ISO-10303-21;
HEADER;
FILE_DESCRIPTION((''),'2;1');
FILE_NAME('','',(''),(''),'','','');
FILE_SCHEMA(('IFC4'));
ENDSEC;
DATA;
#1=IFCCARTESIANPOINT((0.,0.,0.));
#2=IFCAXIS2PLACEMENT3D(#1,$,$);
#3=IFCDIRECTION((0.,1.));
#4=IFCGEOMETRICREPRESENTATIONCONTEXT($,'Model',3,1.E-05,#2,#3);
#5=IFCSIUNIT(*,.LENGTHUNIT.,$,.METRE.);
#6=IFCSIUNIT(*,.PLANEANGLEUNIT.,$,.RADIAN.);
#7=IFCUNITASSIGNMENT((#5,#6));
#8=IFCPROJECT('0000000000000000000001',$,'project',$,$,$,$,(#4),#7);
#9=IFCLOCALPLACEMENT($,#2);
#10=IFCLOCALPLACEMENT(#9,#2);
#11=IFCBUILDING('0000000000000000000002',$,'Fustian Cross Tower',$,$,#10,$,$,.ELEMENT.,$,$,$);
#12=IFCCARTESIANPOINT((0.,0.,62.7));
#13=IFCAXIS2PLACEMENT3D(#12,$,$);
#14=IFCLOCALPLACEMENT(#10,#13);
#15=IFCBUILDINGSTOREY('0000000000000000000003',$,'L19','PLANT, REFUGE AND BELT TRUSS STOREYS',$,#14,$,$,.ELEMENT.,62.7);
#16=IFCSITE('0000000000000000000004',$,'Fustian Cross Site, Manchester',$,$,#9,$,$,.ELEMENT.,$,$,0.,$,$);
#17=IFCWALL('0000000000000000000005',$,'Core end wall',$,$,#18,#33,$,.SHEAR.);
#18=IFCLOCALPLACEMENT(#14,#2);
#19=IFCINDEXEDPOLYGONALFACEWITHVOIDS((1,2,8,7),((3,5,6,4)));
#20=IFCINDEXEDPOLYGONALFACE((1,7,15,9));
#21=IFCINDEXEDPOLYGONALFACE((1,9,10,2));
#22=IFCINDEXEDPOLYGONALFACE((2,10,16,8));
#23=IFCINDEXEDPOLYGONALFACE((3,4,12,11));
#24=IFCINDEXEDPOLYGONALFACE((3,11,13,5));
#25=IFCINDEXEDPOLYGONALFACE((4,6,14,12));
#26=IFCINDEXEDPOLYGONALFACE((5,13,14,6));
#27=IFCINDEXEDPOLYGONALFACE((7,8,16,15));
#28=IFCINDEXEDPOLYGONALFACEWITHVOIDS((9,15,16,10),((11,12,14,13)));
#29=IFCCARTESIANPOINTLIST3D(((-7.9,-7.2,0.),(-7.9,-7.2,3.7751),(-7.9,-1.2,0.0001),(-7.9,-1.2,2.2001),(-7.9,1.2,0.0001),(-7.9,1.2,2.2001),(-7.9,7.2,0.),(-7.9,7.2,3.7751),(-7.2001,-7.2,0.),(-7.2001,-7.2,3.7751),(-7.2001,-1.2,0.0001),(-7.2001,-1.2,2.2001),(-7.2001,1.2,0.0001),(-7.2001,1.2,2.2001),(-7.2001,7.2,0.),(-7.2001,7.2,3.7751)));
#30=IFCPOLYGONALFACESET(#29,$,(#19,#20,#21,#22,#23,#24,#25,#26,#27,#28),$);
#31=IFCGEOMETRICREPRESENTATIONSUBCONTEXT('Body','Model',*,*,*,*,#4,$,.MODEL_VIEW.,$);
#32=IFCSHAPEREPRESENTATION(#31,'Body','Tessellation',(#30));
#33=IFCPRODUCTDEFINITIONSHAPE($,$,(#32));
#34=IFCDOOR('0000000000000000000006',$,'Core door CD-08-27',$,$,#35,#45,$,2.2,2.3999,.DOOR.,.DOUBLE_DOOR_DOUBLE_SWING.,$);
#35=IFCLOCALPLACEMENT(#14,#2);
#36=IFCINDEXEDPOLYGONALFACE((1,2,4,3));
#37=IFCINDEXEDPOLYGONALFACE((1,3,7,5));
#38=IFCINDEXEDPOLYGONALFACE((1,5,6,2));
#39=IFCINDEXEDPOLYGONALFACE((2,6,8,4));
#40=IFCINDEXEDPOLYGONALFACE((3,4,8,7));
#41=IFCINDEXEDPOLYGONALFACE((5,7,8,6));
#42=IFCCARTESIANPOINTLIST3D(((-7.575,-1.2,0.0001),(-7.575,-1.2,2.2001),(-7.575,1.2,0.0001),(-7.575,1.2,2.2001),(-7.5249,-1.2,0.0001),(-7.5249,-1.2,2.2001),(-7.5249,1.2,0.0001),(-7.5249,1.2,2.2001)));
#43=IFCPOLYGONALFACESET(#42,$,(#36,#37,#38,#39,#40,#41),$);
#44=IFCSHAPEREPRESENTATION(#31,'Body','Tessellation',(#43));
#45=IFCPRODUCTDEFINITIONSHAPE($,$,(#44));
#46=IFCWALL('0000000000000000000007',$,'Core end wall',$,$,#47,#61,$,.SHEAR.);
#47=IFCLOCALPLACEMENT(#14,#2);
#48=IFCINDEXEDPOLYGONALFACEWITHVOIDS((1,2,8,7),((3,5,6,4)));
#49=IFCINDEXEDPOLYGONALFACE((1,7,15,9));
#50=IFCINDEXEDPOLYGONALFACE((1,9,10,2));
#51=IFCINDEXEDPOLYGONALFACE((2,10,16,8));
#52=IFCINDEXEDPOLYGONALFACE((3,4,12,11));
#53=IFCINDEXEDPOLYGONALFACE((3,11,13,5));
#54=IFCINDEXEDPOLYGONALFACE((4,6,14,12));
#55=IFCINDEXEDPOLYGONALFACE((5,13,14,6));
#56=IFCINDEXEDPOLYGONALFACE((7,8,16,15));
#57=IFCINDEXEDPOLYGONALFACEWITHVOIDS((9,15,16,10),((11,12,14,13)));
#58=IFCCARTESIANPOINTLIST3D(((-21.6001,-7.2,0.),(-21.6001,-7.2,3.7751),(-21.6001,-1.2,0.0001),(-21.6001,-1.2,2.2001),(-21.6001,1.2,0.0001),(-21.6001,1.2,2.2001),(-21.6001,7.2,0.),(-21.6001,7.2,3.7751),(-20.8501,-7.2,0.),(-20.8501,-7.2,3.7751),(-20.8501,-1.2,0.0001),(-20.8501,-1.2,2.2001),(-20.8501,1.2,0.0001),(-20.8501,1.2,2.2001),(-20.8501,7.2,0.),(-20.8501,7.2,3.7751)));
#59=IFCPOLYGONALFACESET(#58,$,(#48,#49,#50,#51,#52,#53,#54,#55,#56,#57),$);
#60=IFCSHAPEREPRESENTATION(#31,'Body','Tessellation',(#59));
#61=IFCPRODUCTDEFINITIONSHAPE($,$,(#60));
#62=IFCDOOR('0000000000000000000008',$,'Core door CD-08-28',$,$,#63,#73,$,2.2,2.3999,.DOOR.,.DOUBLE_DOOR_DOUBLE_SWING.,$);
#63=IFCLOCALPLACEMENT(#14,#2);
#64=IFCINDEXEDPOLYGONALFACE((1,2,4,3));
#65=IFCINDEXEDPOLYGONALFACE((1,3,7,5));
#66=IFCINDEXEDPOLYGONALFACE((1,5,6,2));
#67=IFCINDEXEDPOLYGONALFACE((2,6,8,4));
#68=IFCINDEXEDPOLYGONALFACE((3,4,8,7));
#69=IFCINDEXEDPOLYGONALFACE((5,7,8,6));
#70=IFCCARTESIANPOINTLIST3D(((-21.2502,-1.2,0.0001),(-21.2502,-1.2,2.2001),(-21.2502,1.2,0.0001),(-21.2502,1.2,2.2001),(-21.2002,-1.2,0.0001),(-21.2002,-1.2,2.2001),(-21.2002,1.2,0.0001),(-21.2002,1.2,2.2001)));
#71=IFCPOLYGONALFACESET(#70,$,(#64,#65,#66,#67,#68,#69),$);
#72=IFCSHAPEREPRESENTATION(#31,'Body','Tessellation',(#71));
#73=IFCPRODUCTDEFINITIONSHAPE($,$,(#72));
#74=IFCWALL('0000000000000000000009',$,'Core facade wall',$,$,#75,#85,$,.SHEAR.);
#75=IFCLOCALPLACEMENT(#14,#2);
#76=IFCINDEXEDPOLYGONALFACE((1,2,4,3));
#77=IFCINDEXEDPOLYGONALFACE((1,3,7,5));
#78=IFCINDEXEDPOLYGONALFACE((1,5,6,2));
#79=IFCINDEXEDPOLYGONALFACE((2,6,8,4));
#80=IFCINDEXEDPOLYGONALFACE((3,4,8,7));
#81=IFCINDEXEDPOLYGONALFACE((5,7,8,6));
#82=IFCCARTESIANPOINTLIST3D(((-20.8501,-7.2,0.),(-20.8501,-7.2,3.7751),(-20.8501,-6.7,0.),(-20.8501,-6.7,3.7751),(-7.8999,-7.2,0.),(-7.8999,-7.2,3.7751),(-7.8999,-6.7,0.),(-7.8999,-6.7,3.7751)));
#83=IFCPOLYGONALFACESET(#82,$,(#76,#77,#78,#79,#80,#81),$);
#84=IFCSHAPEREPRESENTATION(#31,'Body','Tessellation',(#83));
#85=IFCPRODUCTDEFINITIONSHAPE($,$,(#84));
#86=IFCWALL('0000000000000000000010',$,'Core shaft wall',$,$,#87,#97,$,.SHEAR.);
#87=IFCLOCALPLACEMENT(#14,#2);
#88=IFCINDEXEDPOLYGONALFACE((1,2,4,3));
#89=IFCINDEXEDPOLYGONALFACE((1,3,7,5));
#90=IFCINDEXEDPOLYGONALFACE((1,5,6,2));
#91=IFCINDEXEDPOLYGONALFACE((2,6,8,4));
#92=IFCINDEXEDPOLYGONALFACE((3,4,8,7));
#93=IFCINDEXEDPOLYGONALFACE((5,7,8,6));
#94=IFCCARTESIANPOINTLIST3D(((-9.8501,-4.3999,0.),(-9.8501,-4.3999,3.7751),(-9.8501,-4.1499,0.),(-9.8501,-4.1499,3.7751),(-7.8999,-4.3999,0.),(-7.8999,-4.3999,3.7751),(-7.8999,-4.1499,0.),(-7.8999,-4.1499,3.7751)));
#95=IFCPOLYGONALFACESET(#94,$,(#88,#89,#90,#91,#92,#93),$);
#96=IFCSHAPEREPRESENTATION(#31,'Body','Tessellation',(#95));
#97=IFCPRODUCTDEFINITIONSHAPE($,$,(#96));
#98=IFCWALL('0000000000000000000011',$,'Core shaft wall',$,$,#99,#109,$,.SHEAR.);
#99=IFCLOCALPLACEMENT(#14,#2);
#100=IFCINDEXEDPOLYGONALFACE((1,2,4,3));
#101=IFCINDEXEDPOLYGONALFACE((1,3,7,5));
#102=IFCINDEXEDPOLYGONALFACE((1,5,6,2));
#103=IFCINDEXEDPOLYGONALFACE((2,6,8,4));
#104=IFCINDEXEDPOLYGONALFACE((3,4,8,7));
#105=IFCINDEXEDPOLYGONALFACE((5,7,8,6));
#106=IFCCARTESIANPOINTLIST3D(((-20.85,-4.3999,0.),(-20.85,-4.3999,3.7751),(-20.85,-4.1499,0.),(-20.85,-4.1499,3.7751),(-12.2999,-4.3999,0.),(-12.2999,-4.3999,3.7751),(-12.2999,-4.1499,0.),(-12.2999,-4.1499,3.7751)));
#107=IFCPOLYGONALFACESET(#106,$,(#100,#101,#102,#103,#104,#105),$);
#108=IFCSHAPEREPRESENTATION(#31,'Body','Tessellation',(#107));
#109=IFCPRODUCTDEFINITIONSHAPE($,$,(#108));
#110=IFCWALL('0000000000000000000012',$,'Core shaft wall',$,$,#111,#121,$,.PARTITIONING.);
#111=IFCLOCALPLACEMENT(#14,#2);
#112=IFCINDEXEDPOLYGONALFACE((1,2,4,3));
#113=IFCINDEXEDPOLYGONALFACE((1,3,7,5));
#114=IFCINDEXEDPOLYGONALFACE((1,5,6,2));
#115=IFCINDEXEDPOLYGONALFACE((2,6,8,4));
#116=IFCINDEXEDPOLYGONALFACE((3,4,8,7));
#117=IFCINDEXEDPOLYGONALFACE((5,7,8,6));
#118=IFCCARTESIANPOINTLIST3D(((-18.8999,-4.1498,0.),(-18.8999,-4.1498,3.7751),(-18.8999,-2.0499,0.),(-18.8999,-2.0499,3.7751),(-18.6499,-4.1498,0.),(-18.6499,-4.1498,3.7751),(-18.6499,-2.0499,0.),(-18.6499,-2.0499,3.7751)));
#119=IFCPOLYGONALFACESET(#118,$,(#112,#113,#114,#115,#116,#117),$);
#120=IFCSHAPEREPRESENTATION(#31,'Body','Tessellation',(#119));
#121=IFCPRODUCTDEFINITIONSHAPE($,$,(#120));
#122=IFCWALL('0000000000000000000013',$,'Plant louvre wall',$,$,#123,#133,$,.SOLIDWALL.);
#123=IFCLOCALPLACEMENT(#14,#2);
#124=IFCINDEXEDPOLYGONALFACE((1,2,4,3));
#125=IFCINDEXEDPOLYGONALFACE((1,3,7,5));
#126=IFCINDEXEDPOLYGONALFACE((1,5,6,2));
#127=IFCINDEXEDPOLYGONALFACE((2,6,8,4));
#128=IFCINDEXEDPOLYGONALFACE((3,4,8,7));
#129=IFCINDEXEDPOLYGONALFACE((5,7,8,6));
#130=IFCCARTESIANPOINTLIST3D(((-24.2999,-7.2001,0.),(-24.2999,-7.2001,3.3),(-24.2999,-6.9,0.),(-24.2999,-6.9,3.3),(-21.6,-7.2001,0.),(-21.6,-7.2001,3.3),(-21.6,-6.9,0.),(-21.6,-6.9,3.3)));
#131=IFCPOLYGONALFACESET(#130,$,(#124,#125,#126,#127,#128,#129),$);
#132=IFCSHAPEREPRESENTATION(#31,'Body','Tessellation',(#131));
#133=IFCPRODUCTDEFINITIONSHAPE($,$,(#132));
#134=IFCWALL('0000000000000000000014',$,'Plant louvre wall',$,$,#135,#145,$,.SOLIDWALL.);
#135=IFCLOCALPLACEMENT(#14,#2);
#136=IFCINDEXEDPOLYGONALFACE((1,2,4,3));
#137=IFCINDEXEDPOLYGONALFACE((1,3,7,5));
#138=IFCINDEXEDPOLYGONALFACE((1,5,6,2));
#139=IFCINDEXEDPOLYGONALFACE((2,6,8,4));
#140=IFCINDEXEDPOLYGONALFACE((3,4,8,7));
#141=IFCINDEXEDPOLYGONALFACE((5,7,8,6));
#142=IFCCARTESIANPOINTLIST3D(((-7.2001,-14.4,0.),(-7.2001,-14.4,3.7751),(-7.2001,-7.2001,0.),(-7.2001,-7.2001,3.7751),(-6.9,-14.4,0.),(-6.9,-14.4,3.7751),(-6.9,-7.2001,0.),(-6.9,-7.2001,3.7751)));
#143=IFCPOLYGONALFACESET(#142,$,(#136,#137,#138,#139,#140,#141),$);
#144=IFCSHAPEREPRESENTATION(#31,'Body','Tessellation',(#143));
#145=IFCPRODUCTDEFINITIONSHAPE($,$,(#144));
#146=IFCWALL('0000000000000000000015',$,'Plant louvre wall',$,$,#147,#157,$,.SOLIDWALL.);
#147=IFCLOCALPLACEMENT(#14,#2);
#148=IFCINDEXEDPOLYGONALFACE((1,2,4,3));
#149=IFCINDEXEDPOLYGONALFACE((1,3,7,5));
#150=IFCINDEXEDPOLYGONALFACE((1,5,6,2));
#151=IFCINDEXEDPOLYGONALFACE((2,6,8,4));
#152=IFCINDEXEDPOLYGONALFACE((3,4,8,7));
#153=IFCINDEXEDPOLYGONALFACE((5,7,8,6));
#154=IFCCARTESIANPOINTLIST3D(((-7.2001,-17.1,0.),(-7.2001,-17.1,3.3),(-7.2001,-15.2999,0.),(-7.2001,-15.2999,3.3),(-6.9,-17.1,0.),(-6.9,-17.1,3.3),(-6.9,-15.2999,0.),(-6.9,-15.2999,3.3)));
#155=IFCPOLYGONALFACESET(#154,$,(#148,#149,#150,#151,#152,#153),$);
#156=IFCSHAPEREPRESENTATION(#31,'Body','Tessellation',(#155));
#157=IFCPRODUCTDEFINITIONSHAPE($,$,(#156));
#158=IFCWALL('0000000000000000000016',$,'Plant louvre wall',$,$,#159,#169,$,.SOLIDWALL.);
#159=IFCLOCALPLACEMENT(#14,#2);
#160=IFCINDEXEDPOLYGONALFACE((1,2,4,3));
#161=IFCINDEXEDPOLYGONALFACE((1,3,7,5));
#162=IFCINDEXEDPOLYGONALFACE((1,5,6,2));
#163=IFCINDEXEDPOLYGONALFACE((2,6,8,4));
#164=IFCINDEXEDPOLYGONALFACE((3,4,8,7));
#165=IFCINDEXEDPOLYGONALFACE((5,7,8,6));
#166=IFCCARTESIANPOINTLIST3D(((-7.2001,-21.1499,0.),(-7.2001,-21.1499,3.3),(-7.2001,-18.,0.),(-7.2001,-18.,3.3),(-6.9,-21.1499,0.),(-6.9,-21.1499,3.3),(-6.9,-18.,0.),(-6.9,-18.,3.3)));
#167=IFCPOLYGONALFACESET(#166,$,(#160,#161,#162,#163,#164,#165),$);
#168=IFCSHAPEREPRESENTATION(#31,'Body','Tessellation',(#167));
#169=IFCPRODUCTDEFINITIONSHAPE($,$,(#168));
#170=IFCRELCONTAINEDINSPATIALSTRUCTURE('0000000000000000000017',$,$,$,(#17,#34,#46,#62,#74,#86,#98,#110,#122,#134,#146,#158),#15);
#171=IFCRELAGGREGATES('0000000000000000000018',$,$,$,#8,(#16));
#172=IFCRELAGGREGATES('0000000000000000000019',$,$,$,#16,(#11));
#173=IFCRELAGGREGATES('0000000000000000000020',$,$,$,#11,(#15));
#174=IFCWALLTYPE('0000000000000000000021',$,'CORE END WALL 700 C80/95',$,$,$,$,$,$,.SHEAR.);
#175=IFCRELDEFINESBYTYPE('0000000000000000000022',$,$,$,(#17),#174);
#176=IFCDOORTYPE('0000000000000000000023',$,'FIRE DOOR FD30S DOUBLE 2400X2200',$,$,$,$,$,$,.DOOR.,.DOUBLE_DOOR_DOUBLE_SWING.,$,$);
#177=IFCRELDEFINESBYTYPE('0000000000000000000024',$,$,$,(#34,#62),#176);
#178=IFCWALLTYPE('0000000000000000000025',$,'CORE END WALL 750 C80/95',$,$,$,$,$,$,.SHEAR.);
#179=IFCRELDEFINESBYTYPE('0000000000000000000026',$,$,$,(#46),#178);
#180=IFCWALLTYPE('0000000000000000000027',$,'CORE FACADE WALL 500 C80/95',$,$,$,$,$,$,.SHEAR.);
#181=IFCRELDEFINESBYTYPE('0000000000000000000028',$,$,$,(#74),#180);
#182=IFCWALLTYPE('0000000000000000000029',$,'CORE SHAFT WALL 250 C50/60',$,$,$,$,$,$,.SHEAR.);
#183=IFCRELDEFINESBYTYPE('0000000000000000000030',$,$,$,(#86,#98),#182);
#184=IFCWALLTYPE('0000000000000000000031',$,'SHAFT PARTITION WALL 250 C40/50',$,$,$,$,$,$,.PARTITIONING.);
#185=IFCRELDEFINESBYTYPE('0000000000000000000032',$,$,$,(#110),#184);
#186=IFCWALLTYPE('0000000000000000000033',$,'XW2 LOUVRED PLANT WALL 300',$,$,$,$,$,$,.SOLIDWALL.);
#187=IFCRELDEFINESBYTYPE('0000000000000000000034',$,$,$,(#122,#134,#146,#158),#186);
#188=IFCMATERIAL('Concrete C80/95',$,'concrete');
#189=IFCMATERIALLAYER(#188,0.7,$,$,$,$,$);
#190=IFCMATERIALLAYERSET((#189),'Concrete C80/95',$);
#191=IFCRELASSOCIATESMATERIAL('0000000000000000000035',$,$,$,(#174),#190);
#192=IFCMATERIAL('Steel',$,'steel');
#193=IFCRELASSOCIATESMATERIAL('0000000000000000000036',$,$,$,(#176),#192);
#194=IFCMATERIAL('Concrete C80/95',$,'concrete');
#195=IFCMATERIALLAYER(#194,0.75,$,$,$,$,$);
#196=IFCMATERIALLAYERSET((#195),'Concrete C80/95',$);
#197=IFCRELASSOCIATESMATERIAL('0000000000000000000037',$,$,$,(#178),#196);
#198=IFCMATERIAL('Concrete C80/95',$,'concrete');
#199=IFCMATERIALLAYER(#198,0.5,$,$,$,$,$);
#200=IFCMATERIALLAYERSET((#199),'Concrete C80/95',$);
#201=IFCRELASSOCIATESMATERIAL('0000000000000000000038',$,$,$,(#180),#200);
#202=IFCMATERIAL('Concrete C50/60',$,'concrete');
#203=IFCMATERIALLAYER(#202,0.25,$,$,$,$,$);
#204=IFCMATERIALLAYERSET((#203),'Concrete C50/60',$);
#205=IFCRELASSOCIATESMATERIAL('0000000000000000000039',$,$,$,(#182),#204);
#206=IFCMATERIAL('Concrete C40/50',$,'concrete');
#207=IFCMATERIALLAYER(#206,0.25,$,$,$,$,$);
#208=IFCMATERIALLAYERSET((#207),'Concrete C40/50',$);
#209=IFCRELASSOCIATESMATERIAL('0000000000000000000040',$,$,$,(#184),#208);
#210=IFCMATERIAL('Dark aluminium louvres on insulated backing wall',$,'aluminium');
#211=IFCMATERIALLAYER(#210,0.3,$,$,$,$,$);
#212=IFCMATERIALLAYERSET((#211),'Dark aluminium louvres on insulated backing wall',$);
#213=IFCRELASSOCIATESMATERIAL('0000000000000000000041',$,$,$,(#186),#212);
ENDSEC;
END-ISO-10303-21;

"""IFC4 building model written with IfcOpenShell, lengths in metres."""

from ifc_helpers import new_model, si_unit, direction, frame, frame_2d, origin, place, context, subcontext, project, spatial, rectangle, extrude, material, layer, layer_set, type_object, element, fill, save


model = new_model("IFC4")

# Units and contexts
model_context = context("Model", 3, precision=1e-05, world=origin(), true_north=direction((0.0, 1.0)))
body_context = subcontext(model_context, "Body", "Model", "MODEL_VIEW")
ifc_project = project(units=[si_unit("LENGTHUNIT", "METRE"), si_unit("PLANEANGLEUNIT", "RADIAN")], contexts=[model_context])

# Site, building, storey
site_placement = place(None, origin())
site = spatial("IfcSite", under=ifc_project, at=site_placement, Name="Fustian Cross Site, Manchester", CompositionType="ELEMENT", RefElevation=0.0)
building_placement = place(site_placement, origin())
building = spatial("IfcBuilding", under=site, at=building_placement, Name="Fustian Cross Tower", CompositionType="ELEMENT")
storey_placement = place(building_placement, frame((0.0, 0.0, 62.7)))
storey = spatial("IfcBuildingStorey", under=building, at=storey_placement, Name="L19", Description="PLANT, REFUGE AND BELT TRUSS STOREYS", CompositionType="ELEMENT", Elevation=62.7)

# Walls, openings, doors
ifc_material_1 = material(Name="Concrete C80/95", Category="concrete")
ifc_layer_1 = layer(ifc_material_1, 0.7)
ifc_layer_set_1 = layer_set([ifc_layer_1], Name="Concrete C80/95")
wall_type_1 = type_object("IfcWallType", Name="CORE END WALL 700 C80/95", PredefinedType="SHEAR", material=ifc_layer_set_1)
wall_1_placement = place(storey_placement, frame((-7.55, -7.2, 0.0), z_axis=(0.0, 0.0, 1.0), x_axis=(0.0, 1.0, 0.0)))
wall_1 = element("IfcWall", 1, at=wall_1_placement, inside=storey, type_object=wall_type_1, Name="Core end wall", PredefinedType="SHEAR", context=body_context, shape_type="SweptSolid", body=[
    extrude(rectangle(XDim=14.3999, YDim=0.7, at=frame_2d((7.2, 0.0))), origin(), (0.0, 0.0, 1.0), 3.7751),
])
opening_1_placement = place(wall_1_placement, frame((6.0, 0.0, 0.0)))
opening_1 = element("IfcOpeningElement", 2, at=opening_1_placement, cuts=wall_1, PredefinedType="OPENING", context=body_context, shape_type="SweptSolid", body=[
    extrude(rectangle(XDim=2.3999, YDim=2.2, at=frame_2d((1.2, 1.1001))), frame((0.0, 0.3599, 0.0), z_axis=(0.0, -1.0, 0.0), x_axis=(1.0, 0.0, 0.0)), (0.0, 0.0, 1.0), 0.72),
])
ifc_material_2 = material(Name="Steel", Category="steel")
door_type_1 = type_object("IfcDoorType", Name="FIRE DOOR FD30S DOUBLE 2400X2200", OperationType="DOUBLE_DOOR_DOUBLE_SWING", PredefinedType="DOOR", material=ifc_material_2)
door_1_placement = place(opening_1_placement, origin())
door_1 = element("IfcDoor", 3, at=door_1_placement, inside=storey, type_object=door_type_1, Name="Core door CD-08-27", OperationType="DOUBLE_DOOR_DOUBLE_SWING", OverallHeight=2.2, OverallWidth=2.3999, PredefinedType="DOOR", context=body_context, shape_type="SweptSolid", body=[
    extrude(rectangle(XDim=2.3999, YDim=2.2, at=frame_2d((1.2, 1.1001))), frame((0.0, 0.0249, 0.0), z_axis=(0.0, -1.0, 0.0), x_axis=(1.0, 0.0, 0.0)), (0.0, 0.0, 1.0), 0.05),
])
fill(opening_1, door_1)
ifc_material_3 = material(Name="Concrete C80/95", Category="concrete")
ifc_layer_2 = layer(ifc_material_3, 0.75)
ifc_layer_set_2 = layer_set([ifc_layer_2], Name="Concrete C80/95")
wall_type_2 = type_object("IfcWallType", Name="CORE END WALL 750 C80/95", PredefinedType="SHEAR", material=ifc_layer_set_2)
wall_2_placement = place(storey_placement, frame((-21.2251, -7.2, 0.0), z_axis=(0.0, 0.0, 1.0), x_axis=(0.0, 1.0, 0.0)))
wall_2 = element("IfcWall", 4, at=wall_2_placement, inside=storey, type_object=wall_type_2, Name="Core end wall", PredefinedType="SHEAR", context=body_context, shape_type="SweptSolid", body=[
    extrude(rectangle(XDim=14.3999, YDim=0.75, at=frame_2d((7.2, 0.0))), origin(), (0.0, 0.0, 1.0), 3.7751),
])
opening_2_placement = place(wall_2_placement, frame((6.0, 0.0, 0.0)))
opening_2 = element("IfcOpeningElement", 5, at=opening_2_placement, cuts=wall_2, PredefinedType="OPENING", context=body_context, shape_type="SweptSolid", body=[
    extrude(rectangle(XDim=2.3999, YDim=2.2, at=frame_2d((1.2, 1.1001))), frame((0.0, 0.385, 0.0), z_axis=(0.0, -1.0, 0.0), x_axis=(1.0, 0.0, 0.0)), (0.0, 0.0, 1.0), 0.77),
])
door_2_placement = place(opening_2_placement, frame((2.3999, 0.0, 0.0), z_axis=(0.0, 0.0, 1.0), x_axis=(-1.0, 0.0, 0.0)))
door_2 = element("IfcDoor", 6, at=door_2_placement, inside=storey, type_object=door_type_1, Name="Core door CD-08-28", OperationType="DOUBLE_DOOR_DOUBLE_SWING", OverallHeight=2.2, OverallWidth=2.3999, PredefinedType="DOOR", context=body_context, shape_type="SweptSolid", body=[
    extrude(rectangle(XDim=2.3999, YDim=2.2, at=frame_2d((1.2, 1.1001))), frame((0.0, 0.0249, 0.0), z_axis=(0.0, -1.0, 0.0), x_axis=(1.0, 0.0, 0.0)), (0.0, 0.0, 1.0), 0.05),
])
fill(opening_2, door_2)

# Walls
ifc_material_4 = material(Name="Concrete C80/95", Category="concrete")
ifc_layer_3 = layer(ifc_material_4, 0.5)
ifc_layer_set_3 = layer_set([ifc_layer_3], Name="Concrete C80/95")
wall_type_3 = type_object("IfcWallType", Name="CORE FACADE WALL 500 C80/95", PredefinedType="SHEAR", material=ifc_layer_set_3)
wall_3_placement = place(storey_placement, frame((-7.8999, -6.95, 0.0), z_axis=(0.0, 0.0, 1.0), x_axis=(-1.0, 0.0, 0.0)))
element("IfcWall", 7, at=wall_3_placement, inside=storey, type_object=wall_type_3, Name="Core facade wall", PredefinedType="SHEAR", context=body_context, shape_type="SweptSolid", body=[
    extrude(rectangle(XDim=12.9502, YDim=0.5, at=frame_2d((6.4751, 0.0))), origin(), (0.0, 0.0, 1.0), 3.7751),
])
ifc_material_5 = material(Name="Concrete C50/60", Category="concrete")
ifc_layer_4 = layer(ifc_material_5, 0.25)
ifc_layer_set_4 = layer_set([ifc_layer_4], Name="Concrete C50/60")
wall_type_4 = type_object("IfcWallType", Name="CORE SHAFT WALL 250 C50/60", PredefinedType="SHEAR", material=ifc_layer_set_4)
wall_4_placement = place(storey_placement, frame((-7.8999, -4.2749, 0.0), z_axis=(0.0, 0.0, 1.0), x_axis=(-1.0, 0.0, 0.0)))
element("IfcWall", 8, at=wall_4_placement, inside=storey, type_object=wall_type_4, Name="Core shaft wall", PredefinedType="SHEAR", context=body_context, shape_type="SweptSolid", body=[
    extrude(rectangle(XDim=1.9502, YDim=0.25, at=frame_2d((0.9751, 0.0))), origin(), (0.0, 0.0, 1.0), 3.7751),
])
wall_5_placement = place(storey_placement, frame((-12.3, -4.2749, 0.0), z_axis=(0.0, 0.0, 1.0), x_axis=(-1.0, 0.0, 0.0)))
element("IfcWall", 9, at=wall_5_placement, inside=storey, type_object=wall_type_4, Name="Core shaft wall", PredefinedType="SHEAR", context=body_context, shape_type="SweptSolid", body=[
    extrude(rectangle(XDim=8.55, YDim=0.25, at=frame_2d((4.2749, 0.0))), origin(), (0.0, 0.0, 1.0), 3.7751),
])
ifc_material_6 = material(Name="Concrete C40/50", Category="concrete")
ifc_layer_5 = layer(ifc_material_6, 0.25)
ifc_layer_set_5 = layer_set([ifc_layer_5], Name="Concrete C40/50")
wall_type_5 = type_object("IfcWallType", Name="SHAFT PARTITION WALL 250 C40/50", PredefinedType="PARTITIONING", material=ifc_layer_set_5)
wall_6_placement = place(storey_placement, frame((-18.7749, -2.05, 0.0), z_axis=(0.0, 0.0, 1.0), x_axis=(0.0, -1.0, 0.0)))
element("IfcWall", 10, at=wall_6_placement, inside=storey, type_object=wall_type_5, Name="Core shaft wall", PredefinedType="PARTITIONING", context=body_context, shape_type="SweptSolid", body=[
    extrude(rectangle(XDim=2.0999, YDim=0.25, at=frame_2d((1.0498, 0.0))), origin(), (0.0, 0.0, 1.0), 3.7751),
])
ifc_material_7 = material(Name="Dark aluminium louvres on insulated backing wall", Category="aluminium")
ifc_layer_6 = layer(ifc_material_7, 0.3)
ifc_layer_set_6 = layer_set([ifc_layer_6], Name="Dark aluminium louvres on insulated backing wall")
wall_type_6 = type_object("IfcWallType", Name="XW2 LOUVRED PLANT WALL 300", PredefinedType="SOLIDWALL", material=ifc_layer_set_6)
wall_7_placement = place(storey_placement, frame((-24.3, -7.05, 0.0), z_axis=(0.0, 0.0, 1.0), x_axis=(1.0, 0.0, 0.0)))
element("IfcWall", 11, at=wall_7_placement, inside=storey, type_object=wall_type_6, Name="Plant louvre wall", PredefinedType="SOLIDWALL", context=body_context, shape_type="SweptSolid", body=[
    extrude(rectangle(XDim=2.7, YDim=0.3, at=frame_2d((1.3501, 0.0))), origin(), (0.0, 0.0, 1.0), 3.3),
])
wall_8_placement = place(storey_placement, frame((-7.05, -7.2, 0.0), z_axis=(0.0, 0.0, 1.0), x_axis=(0.0, -1.0, 0.0)))
element("IfcWall", 12, at=wall_8_placement, inside=storey, type_object=wall_type_6, Name="Plant louvre wall", PredefinedType="SOLIDWALL", context=body_context, shape_type="SweptSolid", body=[
    extrude(rectangle(XDim=7.2, YDim=0.3, at=frame_2d((3.6001, 0.0))), origin(), (0.0, 0.0, 1.0), 3.7751),
])
wall_9_placement = place(storey_placement, frame((-7.05, -15.3, 0.0), z_axis=(0.0, 0.0, 1.0), x_axis=(0.0, -1.0, 0.0)))
element("IfcWall", 13, at=wall_9_placement, inside=storey, type_object=wall_type_6, Name="Plant louvre wall", PredefinedType="SOLIDWALL", context=body_context, shape_type="SweptSolid", body=[
    extrude(rectangle(XDim=1.8, YDim=0.3, at=frame_2d((0.8999, 0.0))), origin(), (0.0, 0.0, 1.0), 3.3),
])
wall_10_placement = place(storey_placement, frame((-7.05, -18.0, 0.0), z_axis=(0.0, 0.0, 1.0), x_axis=(0.0, -1.0, 0.0)))
element("IfcWall", 14, at=wall_10_placement, inside=storey, type_object=wall_type_6, Name="Plant louvre wall", PredefinedType="SOLIDWALL", context=body_context, shape_type="SweptSolid", body=[
    extrude(rectangle(XDim=3.1499, YDim=0.3, at=frame_2d((1.575, 0.0))), origin(), (0.0, 0.0, 1.0), 3.3),
])

save(model, "model.ifc")
